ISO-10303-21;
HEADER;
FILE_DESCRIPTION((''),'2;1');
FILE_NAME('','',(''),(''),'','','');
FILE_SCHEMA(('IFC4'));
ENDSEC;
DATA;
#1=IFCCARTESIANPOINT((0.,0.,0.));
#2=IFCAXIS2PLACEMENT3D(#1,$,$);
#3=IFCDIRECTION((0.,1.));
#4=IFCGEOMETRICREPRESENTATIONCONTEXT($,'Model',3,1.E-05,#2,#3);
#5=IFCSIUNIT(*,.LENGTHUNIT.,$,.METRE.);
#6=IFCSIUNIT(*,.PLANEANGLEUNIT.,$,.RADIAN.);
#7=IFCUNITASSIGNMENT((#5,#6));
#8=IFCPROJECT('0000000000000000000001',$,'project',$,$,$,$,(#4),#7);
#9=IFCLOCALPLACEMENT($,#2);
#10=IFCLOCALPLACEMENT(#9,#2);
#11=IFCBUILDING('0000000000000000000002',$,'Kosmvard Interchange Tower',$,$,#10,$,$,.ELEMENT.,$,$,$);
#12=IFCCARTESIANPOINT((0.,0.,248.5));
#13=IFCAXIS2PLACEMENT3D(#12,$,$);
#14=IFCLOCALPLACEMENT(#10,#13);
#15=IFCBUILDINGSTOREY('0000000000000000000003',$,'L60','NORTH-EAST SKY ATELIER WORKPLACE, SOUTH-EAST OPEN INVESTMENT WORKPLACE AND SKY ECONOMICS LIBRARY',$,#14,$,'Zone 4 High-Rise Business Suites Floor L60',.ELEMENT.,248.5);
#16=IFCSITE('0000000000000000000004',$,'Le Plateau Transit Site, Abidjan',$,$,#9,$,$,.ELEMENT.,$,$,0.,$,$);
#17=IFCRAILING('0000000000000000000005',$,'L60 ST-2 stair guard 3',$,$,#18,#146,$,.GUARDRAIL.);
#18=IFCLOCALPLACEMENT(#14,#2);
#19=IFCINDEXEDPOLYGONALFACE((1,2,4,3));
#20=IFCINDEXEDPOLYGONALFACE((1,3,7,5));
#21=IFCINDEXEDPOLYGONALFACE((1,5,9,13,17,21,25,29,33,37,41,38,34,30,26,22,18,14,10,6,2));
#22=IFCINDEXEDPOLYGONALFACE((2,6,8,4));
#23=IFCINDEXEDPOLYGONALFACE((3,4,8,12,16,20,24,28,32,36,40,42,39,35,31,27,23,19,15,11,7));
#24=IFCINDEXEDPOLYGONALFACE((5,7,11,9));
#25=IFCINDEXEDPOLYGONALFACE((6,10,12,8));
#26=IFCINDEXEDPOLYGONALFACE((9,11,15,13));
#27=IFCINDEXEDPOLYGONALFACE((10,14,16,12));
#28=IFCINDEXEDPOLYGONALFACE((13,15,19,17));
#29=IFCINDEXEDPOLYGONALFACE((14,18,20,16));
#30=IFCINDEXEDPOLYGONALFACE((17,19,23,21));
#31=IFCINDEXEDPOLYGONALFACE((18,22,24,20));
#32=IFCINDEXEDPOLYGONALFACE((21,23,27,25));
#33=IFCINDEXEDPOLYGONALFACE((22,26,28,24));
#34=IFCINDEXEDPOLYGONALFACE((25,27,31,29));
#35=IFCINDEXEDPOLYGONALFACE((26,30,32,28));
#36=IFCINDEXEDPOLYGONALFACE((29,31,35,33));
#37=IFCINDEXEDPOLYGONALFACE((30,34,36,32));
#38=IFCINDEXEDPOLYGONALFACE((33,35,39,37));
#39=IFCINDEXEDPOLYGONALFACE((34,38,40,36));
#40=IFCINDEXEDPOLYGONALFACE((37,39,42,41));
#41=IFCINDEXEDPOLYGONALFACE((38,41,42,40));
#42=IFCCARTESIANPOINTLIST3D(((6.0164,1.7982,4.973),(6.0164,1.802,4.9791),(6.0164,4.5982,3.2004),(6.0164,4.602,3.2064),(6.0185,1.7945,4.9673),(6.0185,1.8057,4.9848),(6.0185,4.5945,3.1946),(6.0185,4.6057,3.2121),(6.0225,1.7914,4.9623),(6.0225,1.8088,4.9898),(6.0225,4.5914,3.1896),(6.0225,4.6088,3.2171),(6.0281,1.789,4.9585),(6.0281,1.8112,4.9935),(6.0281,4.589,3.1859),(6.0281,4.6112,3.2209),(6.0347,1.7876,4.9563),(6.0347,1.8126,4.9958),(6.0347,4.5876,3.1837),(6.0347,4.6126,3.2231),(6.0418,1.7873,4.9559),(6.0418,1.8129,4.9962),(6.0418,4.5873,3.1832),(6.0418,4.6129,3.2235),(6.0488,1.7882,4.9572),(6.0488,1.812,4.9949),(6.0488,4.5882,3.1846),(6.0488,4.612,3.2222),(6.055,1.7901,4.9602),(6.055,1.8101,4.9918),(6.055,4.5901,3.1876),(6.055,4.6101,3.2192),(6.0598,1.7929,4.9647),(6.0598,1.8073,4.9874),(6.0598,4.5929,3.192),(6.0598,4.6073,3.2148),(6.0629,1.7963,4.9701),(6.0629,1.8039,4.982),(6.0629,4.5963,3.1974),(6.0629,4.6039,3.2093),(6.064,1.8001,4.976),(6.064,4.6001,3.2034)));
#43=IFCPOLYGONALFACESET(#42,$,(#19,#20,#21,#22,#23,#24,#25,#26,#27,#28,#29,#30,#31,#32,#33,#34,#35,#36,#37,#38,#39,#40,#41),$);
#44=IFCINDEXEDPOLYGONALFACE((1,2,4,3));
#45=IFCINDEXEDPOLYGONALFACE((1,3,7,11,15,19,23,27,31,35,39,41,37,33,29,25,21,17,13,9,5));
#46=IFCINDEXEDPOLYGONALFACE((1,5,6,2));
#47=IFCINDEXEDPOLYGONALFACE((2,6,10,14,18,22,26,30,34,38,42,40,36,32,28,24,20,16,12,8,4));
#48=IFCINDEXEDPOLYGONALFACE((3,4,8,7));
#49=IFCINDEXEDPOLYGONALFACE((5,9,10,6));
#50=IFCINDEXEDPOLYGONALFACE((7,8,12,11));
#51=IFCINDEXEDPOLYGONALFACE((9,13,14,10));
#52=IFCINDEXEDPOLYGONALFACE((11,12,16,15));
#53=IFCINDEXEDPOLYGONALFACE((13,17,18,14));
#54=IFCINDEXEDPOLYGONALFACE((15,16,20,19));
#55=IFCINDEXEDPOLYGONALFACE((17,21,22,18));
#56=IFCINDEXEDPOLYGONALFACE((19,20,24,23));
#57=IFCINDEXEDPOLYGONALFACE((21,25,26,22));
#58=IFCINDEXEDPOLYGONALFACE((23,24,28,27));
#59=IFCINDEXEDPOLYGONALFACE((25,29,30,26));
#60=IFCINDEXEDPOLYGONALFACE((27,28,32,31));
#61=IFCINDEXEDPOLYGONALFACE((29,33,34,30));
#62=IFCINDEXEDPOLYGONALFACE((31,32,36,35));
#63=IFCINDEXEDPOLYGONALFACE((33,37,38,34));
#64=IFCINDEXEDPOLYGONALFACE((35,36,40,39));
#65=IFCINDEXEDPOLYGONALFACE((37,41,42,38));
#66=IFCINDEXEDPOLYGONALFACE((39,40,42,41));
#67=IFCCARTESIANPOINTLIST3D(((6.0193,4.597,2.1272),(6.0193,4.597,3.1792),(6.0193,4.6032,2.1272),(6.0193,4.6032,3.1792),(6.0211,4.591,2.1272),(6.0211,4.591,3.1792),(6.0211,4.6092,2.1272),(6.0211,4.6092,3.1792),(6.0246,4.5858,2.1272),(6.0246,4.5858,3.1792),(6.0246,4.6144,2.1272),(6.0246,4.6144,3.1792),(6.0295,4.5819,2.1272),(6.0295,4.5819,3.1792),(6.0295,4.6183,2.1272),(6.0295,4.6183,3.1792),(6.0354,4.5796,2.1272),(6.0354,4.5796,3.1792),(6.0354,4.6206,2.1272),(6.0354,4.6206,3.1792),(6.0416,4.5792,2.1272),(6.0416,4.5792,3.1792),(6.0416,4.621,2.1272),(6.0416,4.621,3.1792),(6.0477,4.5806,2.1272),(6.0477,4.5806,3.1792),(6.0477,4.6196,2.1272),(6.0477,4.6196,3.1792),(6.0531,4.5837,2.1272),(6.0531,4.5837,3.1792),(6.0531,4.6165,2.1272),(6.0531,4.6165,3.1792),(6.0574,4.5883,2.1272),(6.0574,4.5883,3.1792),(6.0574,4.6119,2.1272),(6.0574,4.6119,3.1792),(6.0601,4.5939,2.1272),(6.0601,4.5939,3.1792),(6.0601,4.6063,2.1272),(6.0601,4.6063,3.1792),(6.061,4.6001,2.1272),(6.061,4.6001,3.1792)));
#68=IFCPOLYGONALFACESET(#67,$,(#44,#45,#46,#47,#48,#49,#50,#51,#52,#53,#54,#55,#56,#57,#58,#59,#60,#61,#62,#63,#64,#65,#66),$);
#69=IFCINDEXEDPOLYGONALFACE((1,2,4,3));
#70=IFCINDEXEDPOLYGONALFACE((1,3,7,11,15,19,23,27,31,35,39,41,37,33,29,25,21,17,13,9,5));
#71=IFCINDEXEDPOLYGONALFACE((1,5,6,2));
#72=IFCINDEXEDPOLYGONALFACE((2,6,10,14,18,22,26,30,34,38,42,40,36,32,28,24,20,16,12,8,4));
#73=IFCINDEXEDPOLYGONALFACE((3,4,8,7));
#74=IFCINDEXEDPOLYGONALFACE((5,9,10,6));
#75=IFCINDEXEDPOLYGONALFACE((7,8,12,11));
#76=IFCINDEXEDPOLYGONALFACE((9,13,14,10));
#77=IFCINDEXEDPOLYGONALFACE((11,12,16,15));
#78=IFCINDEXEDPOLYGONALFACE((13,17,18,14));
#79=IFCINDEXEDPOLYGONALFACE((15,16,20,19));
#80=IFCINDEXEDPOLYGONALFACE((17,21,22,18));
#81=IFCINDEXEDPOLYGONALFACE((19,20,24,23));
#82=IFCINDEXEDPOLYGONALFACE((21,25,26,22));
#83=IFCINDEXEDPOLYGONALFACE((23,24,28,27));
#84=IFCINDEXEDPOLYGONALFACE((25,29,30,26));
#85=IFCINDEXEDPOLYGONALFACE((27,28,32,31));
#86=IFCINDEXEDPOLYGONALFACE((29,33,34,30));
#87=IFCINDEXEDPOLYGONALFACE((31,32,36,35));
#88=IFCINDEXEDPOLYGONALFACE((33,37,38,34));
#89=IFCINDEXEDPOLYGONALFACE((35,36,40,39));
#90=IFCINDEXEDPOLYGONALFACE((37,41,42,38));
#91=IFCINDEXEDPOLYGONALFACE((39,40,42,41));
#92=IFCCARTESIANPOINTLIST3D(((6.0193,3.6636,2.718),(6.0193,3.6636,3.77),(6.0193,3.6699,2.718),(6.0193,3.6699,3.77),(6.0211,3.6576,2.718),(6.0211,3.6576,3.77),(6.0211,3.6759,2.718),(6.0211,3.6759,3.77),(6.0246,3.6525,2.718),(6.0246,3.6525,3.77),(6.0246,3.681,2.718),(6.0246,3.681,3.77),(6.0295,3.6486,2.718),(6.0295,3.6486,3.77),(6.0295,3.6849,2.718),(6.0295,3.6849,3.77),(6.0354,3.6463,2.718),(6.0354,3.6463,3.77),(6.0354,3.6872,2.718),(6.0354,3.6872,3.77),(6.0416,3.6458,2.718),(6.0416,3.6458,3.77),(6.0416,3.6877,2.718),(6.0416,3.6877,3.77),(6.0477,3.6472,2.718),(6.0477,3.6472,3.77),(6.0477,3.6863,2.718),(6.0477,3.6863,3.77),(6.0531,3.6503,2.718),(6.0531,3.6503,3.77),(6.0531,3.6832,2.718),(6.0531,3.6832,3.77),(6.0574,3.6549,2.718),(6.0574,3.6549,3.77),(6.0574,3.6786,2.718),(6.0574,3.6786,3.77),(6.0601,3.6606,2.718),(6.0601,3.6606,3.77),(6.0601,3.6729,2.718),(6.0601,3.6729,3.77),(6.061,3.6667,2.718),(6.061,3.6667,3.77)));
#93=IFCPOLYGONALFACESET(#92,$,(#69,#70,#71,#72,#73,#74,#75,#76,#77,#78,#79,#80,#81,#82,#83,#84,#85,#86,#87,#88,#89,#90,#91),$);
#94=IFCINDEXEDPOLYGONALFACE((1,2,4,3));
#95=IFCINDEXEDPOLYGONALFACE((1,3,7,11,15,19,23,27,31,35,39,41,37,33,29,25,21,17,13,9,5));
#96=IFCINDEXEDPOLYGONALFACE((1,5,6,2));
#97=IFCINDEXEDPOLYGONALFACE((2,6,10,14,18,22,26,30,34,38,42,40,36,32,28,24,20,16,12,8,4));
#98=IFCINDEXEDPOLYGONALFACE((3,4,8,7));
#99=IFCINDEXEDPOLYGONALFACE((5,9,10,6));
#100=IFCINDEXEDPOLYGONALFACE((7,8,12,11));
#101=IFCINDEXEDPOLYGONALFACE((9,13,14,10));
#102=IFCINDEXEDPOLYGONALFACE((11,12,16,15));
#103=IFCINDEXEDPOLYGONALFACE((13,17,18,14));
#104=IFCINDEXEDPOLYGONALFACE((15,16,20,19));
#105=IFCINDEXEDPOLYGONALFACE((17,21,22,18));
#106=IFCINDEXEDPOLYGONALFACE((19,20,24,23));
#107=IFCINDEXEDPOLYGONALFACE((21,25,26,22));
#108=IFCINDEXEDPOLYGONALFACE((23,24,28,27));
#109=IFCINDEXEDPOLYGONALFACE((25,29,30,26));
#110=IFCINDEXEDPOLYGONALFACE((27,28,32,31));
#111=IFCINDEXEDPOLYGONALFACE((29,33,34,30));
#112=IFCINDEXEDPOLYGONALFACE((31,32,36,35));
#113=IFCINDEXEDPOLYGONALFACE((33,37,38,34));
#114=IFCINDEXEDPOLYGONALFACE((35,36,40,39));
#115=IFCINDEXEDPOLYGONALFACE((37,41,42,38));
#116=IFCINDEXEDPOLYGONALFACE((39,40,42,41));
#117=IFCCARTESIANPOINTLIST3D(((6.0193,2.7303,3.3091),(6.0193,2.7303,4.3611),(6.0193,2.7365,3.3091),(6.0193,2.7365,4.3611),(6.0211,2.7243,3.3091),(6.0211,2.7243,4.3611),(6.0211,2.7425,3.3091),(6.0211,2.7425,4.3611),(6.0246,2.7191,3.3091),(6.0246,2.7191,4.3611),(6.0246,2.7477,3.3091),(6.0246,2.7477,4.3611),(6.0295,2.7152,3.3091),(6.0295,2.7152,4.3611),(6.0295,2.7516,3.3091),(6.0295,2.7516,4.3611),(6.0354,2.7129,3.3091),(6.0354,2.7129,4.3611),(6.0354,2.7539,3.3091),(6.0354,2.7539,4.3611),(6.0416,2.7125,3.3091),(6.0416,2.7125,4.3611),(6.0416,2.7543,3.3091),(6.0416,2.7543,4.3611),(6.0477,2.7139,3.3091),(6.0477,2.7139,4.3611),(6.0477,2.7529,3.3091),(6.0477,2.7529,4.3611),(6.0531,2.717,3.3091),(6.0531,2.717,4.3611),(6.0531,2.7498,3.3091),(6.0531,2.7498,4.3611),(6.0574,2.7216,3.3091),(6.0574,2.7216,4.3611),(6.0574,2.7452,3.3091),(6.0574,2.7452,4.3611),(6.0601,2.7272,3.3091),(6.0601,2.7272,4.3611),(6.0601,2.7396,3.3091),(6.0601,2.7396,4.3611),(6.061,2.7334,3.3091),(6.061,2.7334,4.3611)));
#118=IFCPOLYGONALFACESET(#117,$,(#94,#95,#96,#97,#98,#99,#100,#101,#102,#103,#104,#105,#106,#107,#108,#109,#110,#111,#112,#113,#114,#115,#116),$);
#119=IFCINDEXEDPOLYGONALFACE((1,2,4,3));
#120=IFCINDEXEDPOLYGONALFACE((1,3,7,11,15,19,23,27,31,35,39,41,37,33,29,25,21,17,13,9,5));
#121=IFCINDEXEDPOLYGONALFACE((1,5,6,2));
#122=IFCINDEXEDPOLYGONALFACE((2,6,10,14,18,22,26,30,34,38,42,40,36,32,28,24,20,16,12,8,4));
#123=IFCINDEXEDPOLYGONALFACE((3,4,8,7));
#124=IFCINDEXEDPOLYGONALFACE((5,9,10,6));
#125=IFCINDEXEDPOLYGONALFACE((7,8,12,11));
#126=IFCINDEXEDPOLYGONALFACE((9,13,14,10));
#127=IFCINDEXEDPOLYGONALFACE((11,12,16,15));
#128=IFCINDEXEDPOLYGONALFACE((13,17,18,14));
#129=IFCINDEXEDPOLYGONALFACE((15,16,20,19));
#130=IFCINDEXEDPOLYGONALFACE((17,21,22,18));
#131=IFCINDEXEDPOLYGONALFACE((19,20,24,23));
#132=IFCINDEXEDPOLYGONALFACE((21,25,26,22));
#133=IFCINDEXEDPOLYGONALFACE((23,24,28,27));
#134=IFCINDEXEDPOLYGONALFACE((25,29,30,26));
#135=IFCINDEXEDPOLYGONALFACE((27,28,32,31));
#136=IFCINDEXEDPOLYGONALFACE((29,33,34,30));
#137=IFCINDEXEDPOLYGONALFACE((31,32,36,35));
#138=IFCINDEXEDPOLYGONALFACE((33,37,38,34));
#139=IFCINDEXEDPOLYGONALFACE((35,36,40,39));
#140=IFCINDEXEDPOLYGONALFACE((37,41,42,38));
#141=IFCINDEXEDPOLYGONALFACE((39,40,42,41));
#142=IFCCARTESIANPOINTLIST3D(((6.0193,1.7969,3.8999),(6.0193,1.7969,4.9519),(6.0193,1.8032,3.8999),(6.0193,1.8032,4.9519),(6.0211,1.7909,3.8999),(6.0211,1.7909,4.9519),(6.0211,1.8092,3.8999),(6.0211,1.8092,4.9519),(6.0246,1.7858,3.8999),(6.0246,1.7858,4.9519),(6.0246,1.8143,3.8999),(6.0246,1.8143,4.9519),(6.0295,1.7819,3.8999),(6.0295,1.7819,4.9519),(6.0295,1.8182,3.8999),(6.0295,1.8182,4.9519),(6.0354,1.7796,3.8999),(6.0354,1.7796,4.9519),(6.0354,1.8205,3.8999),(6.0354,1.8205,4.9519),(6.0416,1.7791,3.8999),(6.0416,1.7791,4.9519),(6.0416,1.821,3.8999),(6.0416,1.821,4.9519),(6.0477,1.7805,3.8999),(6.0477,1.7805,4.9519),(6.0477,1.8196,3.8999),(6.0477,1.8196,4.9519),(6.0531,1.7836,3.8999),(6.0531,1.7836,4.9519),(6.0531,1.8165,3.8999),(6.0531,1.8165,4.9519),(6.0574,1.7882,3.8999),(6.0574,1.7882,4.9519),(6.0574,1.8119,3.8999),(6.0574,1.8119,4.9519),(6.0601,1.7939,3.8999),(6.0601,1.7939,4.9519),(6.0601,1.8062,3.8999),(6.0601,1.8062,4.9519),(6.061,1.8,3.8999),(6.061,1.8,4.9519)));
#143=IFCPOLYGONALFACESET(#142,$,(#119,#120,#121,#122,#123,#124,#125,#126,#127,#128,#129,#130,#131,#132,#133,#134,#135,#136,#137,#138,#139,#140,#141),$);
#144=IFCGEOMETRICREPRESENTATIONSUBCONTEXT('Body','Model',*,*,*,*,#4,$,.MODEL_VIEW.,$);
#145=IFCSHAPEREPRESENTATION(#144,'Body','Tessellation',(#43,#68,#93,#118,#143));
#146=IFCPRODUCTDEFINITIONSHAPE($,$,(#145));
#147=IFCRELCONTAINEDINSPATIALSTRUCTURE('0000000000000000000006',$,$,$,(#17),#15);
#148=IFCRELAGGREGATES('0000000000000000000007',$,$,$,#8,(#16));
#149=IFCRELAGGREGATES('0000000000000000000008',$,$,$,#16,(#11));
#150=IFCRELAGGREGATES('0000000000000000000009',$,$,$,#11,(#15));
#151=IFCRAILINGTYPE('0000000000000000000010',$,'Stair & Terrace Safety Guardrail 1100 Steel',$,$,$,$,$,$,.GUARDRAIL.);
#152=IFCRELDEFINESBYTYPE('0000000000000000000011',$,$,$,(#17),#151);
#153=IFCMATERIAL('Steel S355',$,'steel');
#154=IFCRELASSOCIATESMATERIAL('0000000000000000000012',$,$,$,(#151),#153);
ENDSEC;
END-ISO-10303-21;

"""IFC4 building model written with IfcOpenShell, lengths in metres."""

from ifc_helpers import new_model, si_unit, direction, frame, origin, origin_2d, place, context, subcontext, project, spatial, circle, extrude, source, transform, mapped, material, type_object, element, save


model = new_model("IFC4")

# Units and contexts
model_context = context("Model", 3, precision=1e-05, world=origin(), true_north=direction((0.0, 1.0)))
body_context = subcontext(model_context, "Body", "Model", "MODEL_VIEW")
ifc_project = project(units=[si_unit("LENGTHUNIT", "METRE"), si_unit("PLANEANGLEUNIT", "RADIAN")], contexts=[model_context])

# Site, building, storey
site_placement = place(None, origin())
site = spatial("IfcSite", under=ifc_project, at=site_placement, Name="Le Plateau Transit Site, Abidjan", CompositionType="ELEMENT", RefElevation=0.0)
building_placement = place(site_placement, origin())
building = spatial("IfcBuilding", under=site, at=building_placement, Name="Kosmvard Interchange Tower", CompositionType="ELEMENT")
storey_placement = place(building_placement, frame((0.0, 0.0, 248.5)))
storey = spatial("IfcBuildingStorey", under=building, at=storey_placement, Name="L60", Description="NORTH-EAST SKY ATELIER WORKPLACE, SOUTH-EAST OPEN INVESTMENT WORKPLACE AND SKY ECONOMICS LIBRARY", LongName="Zone 4 High-Rise Business Suites Floor L60", CompositionType="ELEMENT", Elevation=248.5)

# Shared definitions
ifc_material_1 = material(Name="Steel S355", Category="steel")

# Railing
railing_type_1 = type_object("IfcRailingType", Name="Stair & Terrace Safety Guardrail 1100 Steel", PredefinedType="GUARDRAIL", material=ifc_material_1)
shared_shape_1 = source(origin(), body_context, "Body", "SweptSolid", [
    extrude(circle(Radius=0.0239, at=origin_2d()), frame((0.0, 0.0, 1.0762), z_axis=(0.0, -0.844909, 0.53491), x_axis=(1.0, 0.0, 0.0)), (0.0, 0.0, 1.0), 3.314),
    extrude(circle(Radius=0.021, at=origin_2d()), origin(), (0.0, 0.0, 1.0), 1.052),
    extrude(circle(Radius=0.021, at=origin_2d()), frame((0.0, -0.9333, 0.5908)), (0.0, 0.0, 1.0), 1.052),
    extrude(circle(Radius=0.021, at=origin_2d()), frame((0.0, -1.8667, 1.1819)), (0.0, 0.0, 1.0), 1.052),
    extrude(circle(Radius=0.021, at=origin_2d()), frame((0.0, -2.8, 1.7727)), (0.0, 0.0, 1.0), 1.052),
])
railing_1_placement = place(storey_placement, frame((6.04, 4.6001, 2.1272)))
element("IfcRailing", 1, at=railing_1_placement, inside=storey, type_object=railing_type_1, Name="L60 ST-2 stair guard 3", PredefinedType="GUARDRAIL", context=body_context, shape_type="MappedRepresentation", body=[
    mapped(shared_shape_1, transform((0.0, 0.0, 0.0), scale=1.0)),
])

save(model, "model.ifc")
